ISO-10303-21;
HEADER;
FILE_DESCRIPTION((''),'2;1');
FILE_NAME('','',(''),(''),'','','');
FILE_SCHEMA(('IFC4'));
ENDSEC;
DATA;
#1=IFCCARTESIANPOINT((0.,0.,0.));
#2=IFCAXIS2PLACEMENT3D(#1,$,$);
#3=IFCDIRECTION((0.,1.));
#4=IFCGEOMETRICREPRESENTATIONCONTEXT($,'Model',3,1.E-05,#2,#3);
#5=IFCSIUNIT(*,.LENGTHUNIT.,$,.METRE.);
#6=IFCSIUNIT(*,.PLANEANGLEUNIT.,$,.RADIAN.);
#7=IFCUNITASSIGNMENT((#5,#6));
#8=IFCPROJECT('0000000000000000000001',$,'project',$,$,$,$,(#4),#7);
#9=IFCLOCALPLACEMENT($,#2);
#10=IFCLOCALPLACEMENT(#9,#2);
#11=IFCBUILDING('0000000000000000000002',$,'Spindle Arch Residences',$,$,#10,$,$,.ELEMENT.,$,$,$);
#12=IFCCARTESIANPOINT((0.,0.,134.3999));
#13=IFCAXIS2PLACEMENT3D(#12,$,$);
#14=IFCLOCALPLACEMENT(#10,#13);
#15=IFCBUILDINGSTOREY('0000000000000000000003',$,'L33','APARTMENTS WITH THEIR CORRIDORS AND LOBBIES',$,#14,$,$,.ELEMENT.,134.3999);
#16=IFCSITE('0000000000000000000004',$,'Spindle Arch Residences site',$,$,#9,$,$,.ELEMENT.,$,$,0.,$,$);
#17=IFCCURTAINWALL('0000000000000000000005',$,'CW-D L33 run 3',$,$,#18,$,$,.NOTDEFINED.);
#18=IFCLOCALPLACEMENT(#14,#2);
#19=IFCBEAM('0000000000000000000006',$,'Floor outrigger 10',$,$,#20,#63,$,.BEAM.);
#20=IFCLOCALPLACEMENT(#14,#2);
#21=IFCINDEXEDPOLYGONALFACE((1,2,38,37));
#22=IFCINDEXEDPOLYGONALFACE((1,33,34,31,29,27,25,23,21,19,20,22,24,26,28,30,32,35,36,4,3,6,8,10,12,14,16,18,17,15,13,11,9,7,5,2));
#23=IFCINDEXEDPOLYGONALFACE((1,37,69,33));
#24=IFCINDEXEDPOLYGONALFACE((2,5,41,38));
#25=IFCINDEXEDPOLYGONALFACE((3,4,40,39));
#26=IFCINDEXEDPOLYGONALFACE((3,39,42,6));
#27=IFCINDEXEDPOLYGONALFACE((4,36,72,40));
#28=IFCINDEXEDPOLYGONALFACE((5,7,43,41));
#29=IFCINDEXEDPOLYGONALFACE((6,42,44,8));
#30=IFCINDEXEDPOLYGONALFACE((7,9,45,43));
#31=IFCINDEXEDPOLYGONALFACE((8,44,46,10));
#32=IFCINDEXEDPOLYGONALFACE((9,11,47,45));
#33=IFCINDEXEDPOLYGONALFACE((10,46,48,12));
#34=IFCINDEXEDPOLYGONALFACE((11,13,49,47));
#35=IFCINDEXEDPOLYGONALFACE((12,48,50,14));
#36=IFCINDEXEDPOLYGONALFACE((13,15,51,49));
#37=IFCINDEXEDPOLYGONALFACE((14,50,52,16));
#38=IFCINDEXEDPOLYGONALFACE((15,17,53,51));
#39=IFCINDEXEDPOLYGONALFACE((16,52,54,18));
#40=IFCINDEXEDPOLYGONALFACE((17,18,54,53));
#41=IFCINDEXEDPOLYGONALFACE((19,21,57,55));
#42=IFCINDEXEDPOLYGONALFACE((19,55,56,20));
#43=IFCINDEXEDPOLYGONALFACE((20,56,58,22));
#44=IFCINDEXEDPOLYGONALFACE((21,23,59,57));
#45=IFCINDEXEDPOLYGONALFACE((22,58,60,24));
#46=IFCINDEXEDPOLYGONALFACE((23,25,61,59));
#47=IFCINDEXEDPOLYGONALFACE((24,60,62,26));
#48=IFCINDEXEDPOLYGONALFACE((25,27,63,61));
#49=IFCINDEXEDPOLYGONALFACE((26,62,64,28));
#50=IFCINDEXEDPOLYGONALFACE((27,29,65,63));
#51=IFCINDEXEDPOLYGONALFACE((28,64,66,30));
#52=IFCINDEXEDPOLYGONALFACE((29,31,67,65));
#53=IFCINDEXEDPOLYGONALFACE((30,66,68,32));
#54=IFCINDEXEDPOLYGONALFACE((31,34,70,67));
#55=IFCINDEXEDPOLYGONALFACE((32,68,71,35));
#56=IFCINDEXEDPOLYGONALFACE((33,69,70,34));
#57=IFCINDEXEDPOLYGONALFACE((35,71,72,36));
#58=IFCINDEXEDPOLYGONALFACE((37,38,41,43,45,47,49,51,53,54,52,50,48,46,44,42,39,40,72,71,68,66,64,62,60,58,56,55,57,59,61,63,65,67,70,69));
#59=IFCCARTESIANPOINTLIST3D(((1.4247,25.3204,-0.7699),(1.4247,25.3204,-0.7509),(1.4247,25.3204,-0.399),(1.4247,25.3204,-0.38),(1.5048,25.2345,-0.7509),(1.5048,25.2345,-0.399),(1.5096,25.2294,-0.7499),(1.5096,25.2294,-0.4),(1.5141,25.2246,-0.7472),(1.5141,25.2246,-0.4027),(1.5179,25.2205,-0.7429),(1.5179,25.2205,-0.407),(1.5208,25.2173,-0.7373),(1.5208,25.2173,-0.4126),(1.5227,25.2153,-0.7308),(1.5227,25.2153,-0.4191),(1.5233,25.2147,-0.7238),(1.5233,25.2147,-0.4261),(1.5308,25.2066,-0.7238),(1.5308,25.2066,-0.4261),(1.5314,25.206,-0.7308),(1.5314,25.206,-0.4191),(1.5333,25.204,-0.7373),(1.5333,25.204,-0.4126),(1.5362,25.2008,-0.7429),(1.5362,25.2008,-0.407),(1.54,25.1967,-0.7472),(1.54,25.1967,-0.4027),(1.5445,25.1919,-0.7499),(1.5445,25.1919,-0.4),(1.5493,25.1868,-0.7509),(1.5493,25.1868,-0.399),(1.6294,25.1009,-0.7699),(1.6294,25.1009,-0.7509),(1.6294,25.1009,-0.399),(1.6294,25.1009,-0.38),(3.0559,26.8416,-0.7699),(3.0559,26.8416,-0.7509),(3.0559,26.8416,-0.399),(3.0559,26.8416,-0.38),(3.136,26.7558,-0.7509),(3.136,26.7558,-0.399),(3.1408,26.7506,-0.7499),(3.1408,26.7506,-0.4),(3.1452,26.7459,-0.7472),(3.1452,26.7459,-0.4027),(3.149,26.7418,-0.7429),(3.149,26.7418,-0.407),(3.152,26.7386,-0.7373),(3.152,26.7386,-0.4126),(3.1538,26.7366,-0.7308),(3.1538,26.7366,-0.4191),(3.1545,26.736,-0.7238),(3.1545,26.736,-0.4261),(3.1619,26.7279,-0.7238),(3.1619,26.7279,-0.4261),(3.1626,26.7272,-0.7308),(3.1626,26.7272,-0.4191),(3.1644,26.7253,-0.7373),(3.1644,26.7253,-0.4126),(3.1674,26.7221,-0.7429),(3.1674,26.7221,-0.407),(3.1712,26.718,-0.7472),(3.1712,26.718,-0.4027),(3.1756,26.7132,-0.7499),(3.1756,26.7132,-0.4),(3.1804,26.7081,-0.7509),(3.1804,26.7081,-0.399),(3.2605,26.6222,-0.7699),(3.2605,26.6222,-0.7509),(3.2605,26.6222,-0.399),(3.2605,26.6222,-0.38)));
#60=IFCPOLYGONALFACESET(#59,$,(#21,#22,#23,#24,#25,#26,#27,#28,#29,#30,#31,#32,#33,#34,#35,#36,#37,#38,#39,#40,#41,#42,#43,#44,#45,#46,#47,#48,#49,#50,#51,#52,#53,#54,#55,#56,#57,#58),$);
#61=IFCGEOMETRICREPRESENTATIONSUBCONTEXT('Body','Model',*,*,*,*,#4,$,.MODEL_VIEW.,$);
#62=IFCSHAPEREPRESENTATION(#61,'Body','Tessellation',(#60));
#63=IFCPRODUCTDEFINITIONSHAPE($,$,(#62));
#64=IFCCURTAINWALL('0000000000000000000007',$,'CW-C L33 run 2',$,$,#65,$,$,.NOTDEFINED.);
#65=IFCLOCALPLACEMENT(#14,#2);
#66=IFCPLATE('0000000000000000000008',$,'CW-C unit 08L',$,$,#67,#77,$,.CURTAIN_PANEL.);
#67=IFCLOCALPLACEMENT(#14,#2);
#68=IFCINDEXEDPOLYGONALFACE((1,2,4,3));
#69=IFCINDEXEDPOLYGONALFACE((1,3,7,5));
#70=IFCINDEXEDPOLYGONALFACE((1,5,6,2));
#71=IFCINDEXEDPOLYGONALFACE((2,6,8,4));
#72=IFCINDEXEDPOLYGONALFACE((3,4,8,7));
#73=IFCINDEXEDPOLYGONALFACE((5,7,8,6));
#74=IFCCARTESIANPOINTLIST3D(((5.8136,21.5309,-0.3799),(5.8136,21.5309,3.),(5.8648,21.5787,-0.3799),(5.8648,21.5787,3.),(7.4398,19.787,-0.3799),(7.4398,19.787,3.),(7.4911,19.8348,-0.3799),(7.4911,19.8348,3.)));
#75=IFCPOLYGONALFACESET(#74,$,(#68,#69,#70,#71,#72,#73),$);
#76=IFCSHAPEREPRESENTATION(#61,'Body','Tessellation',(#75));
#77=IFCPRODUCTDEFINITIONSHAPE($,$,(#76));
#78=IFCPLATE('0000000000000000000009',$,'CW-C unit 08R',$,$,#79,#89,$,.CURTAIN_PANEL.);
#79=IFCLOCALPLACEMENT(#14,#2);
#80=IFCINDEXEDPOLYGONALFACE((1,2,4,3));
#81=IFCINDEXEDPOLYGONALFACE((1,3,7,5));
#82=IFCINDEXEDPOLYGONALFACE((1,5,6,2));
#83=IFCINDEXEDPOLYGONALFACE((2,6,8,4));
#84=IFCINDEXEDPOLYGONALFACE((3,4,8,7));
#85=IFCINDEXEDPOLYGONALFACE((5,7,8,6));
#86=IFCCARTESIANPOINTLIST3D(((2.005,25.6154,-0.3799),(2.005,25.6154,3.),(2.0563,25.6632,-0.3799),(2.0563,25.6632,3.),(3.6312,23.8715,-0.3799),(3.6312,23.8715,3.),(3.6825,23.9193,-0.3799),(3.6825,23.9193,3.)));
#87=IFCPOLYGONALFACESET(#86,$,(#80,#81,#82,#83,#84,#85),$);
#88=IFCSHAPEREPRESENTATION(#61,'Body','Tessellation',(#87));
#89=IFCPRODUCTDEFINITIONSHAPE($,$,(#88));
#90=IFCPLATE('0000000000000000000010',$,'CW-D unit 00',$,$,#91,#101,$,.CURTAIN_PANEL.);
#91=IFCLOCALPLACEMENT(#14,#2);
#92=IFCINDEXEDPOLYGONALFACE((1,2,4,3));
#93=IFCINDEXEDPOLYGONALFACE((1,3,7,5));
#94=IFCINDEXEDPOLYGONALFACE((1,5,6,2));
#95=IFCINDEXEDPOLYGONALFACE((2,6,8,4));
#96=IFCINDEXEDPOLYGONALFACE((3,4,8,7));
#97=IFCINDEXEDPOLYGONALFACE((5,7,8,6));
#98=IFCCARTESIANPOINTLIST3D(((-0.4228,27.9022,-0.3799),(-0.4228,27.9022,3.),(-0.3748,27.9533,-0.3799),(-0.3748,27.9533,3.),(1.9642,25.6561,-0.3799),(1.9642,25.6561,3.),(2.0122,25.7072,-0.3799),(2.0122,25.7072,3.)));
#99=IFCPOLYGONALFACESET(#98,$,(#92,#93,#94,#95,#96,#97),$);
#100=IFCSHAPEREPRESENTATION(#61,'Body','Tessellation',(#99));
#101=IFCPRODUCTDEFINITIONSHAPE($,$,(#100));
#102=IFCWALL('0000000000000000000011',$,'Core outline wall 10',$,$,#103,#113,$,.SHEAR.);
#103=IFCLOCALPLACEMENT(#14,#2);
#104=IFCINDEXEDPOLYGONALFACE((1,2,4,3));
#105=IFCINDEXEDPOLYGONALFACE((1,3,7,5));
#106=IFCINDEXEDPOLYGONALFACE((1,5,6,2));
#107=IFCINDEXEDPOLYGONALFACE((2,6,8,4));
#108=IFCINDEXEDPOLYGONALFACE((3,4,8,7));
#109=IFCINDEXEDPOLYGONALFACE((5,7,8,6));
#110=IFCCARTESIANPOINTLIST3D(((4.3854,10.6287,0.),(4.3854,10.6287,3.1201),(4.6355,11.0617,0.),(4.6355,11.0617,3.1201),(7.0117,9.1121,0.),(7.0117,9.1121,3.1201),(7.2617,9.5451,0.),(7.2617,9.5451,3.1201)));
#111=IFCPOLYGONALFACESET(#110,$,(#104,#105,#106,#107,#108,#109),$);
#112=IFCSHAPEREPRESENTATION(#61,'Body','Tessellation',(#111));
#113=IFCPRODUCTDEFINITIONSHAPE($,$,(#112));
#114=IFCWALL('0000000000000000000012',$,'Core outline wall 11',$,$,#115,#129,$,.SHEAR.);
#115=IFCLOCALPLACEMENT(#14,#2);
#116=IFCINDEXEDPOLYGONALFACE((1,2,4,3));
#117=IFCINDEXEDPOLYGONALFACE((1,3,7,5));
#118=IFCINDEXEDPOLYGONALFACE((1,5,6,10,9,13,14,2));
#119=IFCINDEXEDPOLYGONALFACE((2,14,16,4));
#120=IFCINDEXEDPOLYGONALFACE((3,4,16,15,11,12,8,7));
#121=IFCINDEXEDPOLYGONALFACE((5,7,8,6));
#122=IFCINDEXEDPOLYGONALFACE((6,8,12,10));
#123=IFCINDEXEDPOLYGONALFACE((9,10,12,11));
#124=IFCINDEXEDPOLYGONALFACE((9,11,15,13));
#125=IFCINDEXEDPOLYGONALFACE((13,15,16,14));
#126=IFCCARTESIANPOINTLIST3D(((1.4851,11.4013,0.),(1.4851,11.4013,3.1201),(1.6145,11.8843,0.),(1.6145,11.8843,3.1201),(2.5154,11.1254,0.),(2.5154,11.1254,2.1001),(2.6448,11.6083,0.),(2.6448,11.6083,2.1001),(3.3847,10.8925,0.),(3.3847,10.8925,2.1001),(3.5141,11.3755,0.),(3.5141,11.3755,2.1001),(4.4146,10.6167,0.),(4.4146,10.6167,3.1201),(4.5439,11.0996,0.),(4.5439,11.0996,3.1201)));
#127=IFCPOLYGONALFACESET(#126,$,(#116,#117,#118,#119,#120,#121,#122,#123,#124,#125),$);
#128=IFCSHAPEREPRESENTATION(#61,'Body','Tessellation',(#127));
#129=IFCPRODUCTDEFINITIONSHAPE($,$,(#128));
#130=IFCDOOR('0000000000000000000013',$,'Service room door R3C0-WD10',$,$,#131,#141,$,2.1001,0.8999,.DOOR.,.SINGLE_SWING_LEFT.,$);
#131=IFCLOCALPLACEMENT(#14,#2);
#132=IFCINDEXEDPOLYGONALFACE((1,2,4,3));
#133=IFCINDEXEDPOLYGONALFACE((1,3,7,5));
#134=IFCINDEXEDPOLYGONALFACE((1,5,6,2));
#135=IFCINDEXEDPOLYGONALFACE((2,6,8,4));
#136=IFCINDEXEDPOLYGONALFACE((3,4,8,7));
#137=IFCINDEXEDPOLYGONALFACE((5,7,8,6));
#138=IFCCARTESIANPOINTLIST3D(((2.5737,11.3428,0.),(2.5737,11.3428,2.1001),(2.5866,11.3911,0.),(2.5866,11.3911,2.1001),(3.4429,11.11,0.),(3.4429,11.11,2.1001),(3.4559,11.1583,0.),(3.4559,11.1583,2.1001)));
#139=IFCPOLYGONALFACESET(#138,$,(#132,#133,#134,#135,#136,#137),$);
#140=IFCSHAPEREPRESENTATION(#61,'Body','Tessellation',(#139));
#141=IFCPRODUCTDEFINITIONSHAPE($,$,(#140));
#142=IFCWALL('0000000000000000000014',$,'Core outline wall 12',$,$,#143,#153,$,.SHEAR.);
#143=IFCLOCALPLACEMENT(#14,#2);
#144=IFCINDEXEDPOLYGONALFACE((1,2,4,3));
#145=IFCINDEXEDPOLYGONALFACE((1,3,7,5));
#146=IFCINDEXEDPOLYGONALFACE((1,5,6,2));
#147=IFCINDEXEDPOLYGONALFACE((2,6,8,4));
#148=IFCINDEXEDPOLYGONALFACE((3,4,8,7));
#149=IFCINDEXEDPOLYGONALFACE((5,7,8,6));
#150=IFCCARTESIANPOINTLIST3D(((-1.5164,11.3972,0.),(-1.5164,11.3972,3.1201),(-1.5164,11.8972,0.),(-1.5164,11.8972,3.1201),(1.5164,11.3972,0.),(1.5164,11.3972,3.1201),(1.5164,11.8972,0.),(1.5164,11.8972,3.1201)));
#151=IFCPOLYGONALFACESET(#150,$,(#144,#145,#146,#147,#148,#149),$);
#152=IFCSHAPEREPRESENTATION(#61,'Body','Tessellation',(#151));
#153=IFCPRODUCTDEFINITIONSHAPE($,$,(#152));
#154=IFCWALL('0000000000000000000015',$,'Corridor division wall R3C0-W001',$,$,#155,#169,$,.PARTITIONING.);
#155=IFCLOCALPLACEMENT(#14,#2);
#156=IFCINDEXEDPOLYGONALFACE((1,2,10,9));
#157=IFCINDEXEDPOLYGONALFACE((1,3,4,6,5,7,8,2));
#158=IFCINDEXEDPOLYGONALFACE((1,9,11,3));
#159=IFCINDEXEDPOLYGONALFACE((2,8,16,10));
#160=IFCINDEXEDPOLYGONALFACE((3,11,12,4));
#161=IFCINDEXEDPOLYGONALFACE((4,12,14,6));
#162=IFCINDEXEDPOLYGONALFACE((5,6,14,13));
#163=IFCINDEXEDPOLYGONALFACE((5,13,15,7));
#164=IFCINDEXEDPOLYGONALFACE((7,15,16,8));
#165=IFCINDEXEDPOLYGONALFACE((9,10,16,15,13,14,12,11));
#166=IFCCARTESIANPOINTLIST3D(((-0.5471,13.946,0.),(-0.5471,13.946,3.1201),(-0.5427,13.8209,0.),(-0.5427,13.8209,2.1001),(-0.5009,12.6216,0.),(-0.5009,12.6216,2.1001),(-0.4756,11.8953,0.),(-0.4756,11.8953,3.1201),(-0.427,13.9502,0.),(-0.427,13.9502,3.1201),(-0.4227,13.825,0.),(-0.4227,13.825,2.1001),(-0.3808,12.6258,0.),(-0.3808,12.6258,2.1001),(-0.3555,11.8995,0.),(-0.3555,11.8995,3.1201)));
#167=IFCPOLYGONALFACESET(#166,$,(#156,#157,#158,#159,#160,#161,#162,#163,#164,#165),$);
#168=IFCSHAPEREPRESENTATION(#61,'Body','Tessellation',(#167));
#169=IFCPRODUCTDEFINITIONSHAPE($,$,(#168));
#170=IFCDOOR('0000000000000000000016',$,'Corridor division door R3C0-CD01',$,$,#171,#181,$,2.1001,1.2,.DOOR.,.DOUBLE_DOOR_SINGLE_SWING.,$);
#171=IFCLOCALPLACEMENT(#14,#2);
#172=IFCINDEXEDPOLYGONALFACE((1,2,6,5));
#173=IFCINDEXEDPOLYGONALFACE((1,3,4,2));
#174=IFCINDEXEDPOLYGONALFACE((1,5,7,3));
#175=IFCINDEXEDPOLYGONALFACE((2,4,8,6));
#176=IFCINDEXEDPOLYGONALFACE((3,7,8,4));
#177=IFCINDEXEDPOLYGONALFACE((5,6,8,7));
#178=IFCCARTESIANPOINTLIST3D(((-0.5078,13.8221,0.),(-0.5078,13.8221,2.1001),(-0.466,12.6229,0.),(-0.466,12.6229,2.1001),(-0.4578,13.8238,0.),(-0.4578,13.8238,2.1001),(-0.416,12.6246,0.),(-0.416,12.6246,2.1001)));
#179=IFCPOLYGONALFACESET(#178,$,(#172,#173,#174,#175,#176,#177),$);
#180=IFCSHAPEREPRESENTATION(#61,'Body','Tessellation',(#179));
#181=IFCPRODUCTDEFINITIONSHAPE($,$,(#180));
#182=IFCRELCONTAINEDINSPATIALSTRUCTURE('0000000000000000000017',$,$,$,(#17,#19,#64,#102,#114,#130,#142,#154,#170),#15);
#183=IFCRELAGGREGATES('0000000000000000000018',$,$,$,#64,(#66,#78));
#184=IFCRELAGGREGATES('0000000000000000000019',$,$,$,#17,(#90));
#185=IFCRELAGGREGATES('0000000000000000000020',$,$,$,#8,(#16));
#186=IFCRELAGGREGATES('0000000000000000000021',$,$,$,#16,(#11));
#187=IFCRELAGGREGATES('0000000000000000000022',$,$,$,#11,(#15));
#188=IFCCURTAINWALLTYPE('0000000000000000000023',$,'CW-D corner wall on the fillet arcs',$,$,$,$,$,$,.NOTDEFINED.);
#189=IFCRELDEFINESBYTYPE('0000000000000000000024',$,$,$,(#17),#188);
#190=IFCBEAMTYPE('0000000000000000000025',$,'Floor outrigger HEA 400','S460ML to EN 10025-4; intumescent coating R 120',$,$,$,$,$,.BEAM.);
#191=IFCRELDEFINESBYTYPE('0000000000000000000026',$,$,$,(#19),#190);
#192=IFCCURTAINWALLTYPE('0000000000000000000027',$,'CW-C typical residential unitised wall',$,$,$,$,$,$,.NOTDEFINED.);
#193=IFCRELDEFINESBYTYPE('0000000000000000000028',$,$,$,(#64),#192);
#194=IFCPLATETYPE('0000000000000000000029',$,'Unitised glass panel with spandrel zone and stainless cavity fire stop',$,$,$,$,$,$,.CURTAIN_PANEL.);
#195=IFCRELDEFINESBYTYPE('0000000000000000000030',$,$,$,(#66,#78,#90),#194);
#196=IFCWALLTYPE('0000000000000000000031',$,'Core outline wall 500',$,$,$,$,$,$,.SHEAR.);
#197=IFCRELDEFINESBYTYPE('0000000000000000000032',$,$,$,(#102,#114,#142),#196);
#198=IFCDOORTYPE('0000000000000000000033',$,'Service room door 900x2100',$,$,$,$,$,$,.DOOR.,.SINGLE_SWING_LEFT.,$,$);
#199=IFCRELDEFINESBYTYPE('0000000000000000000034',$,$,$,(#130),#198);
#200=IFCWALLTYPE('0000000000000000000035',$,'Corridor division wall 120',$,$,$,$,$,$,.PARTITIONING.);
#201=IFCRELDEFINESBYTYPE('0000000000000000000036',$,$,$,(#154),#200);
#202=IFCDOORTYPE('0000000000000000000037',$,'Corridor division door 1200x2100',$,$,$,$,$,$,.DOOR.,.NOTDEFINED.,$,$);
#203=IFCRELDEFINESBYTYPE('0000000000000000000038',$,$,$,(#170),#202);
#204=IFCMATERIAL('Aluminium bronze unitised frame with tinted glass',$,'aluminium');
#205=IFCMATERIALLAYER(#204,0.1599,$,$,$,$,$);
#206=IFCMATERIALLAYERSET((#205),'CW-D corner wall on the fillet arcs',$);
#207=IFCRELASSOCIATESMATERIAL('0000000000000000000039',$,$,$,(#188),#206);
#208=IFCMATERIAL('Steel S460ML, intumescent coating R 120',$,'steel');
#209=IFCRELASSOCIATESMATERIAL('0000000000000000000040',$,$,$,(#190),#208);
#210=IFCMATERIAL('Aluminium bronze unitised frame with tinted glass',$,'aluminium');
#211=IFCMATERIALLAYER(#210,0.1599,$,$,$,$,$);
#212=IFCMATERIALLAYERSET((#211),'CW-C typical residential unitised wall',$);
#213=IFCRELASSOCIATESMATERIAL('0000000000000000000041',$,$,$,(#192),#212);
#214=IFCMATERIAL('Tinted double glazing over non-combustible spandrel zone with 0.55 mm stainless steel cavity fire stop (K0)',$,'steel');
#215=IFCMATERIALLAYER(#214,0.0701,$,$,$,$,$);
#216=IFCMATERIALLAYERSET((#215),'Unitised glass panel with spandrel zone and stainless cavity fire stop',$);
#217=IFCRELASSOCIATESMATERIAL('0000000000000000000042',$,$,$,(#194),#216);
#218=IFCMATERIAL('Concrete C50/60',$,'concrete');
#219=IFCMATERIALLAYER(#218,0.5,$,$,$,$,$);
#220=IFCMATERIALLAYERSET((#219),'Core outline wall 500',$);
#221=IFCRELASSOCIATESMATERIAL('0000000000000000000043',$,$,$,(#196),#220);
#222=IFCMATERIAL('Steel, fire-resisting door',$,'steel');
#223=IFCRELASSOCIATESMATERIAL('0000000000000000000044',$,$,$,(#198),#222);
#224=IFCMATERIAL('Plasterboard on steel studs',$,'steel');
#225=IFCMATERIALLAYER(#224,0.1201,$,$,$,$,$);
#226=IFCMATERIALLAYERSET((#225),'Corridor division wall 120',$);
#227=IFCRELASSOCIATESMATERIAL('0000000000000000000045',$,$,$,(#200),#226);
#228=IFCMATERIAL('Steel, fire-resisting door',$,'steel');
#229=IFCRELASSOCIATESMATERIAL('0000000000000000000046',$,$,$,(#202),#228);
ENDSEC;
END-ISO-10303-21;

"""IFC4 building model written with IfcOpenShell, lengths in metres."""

from ifc_helpers import new_model, si_unit, direction, frame, frame_2d, origin, origin_2d, place, context, subcontext, project, spatial, rectangle, i_section, extrude, material, layer, layer_set, material_profile, profile_set, type_object, element, fill, aggregate, save


model = new_model("IFC4")

# Units and contexts
model_context = context("Model", 3, precision=1e-05, world=origin(), true_north=direction((0.0, 1.0)))
body_context = subcontext(model_context, "Body", "Model", "MODEL_VIEW")
ifc_project = project(units=[si_unit("LENGTHUNIT", "METRE"), si_unit("PLANEANGLEUNIT", "RADIAN")], contexts=[model_context])

# Site, building, storey
site_placement = place(None, origin())
site = spatial("IfcSite", under=ifc_project, at=site_placement, Name="Spindle Arch Residences site", CompositionType="ELEMENT", RefElevation=0.0)
building_placement = place(site_placement, origin())
building = spatial("IfcBuilding", under=site, at=building_placement, Name="Spindle Arch Residences", CompositionType="ELEMENT")
storey_placement = place(building_placement, frame((0.0, 0.0, 134.3999)))
storey = spatial("IfcBuildingStorey", under=building, at=storey_placement, Name="L33", Description="APARTMENTS WITH THEIR CORRIDORS AND LOBBIES", CompositionType="ELEMENT", Elevation=134.3999)

# Curtain wall
ifc_material_1 = material(Name="Aluminium bronze unitised frame with tinted glass", Category="aluminium")
ifc_layer_1 = layer(ifc_material_1, 0.1599)
ifc_layer_set_1 = layer_set([ifc_layer_1], Name="CW-D corner wall on the fillet arcs")
curtain_wall_type_1 = type_object("IfcCurtainWallType", Name="CW-D corner wall on the fillet arcs", PredefinedType="NOTDEFINED", material=ifc_layer_set_1)
curtain_wall_1_placement = place(storey_placement, origin())
curtain_wall_1 = element("IfcCurtainWall", 1, at=curtain_wall_1_placement, inside=storey, type_object=curtain_wall_type_1, Name="CW-D L33 run 3", PredefinedType="NOTDEFINED")

# Beam
ifc_material_2 = material(Name="Steel S460ML, intumescent coating R 120", Category="steel")
ifc_material_profile_1 = material_profile(ifc_material_2, i_section(OverallWidth=0.3, OverallDepth=0.3899, WebThickness=0.011, FlangeThickness=0.019, FilletRadius=0.0271, at=origin_2d()), Name="HEA 400")
ifc_profile_set_1 = profile_set([ifc_material_profile_1], Name="Steel S460ML, intumescent coating R 120")
beam_type_1 = type_object("IfcBeamType", Name="Floor outrigger HEA 400", Description="S460ML to EN 10025-4; intumescent coating R 120", PredefinedType="BEAM", material=ifc_profile_set_1)
beam_1_placement = place(storey_placement, frame((3.1582, 26.7319, -0.575), z_axis=(-0.731306, -0.682049, 0.0), x_axis=(0.682049, -0.731306, 0.0)))
element("IfcBeam", 2, at=beam_1_placement, inside=storey, type_object=beam_type_1, Name="Floor outrigger 10", PredefinedType="BEAM", context=body_context, shape_type="SweptSolid", body=[
    extrude(i_section(OverallWidth=0.3, OverallDepth=0.3899, WebThickness=0.011, FlangeThickness=0.019, FilletRadius=0.0271, at=origin_2d()), origin(), (0.0, 0.0, 1.0), 2.2305),
])

# Curtain wall, plates
ifc_material_3 = material(Name="Aluminium bronze unitised frame with tinted glass", Category="aluminium")
ifc_layer_2 = layer(ifc_material_3, 0.1599)
ifc_layer_set_2 = layer_set([ifc_layer_2], Name="CW-C typical residential unitised wall")
curtain_wall_type_2 = type_object("IfcCurtainWallType", Name="CW-C typical residential unitised wall", PredefinedType="NOTDEFINED", material=ifc_layer_set_2)
curtain_wall_2_placement = place(storey_placement, origin())
curtain_wall_2 = element("IfcCurtainWall", 3, at=curtain_wall_2_placement, inside=storey, type_object=curtain_wall_type_2, Name="CW-C L33 run 2", PredefinedType="NOTDEFINED")
ifc_material_4 = material(Name="Tinted double glazing over non-combustible spandrel zone with 0.55 mm stainless steel cavity fire stop (K0)", Category="steel")
ifc_layer_3 = layer(ifc_material_4, 0.0701)
ifc_layer_set_3 = layer_set([ifc_layer_3], Name="Unitised glass panel with spandrel zone and stainless cavity fire stop")
plate_type = type_object("IfcPlateType", Name="Unitised glass panel with spandrel zone and stainless cavity fire stop", PredefinedType="CURTAIN_PANEL", material=ifc_layer_set_3)
plate_1_placement = place(storey_placement, frame((6.6523, 20.6829, -0.3799), z_axis=(0.0, 0.0, 1.0), x_axis=(-0.681998, 0.731354, 0.0)))
plate_1 = element("IfcPlate", 4, at=plate_1_placement, type_object=plate_type, Name="CW-C unit 08L", PredefinedType="CURTAIN_PANEL", context=body_context, shape_type="SweptSolid", body=[
    extrude(rectangle(XDim=2.3845, YDim=0.0701, at=origin_2d()), origin(), (0.0, 0.0, 1.0), 3.3799),
])
plate_2_placement = place(storey_placement, frame((2.8438, 24.7673, -0.3799), z_axis=(0.0, 0.0, 1.0), x_axis=(-0.681998, 0.731354, 0.0)))
plate_2 = element("IfcPlate", 5, at=plate_2_placement, type_object=plate_type, Name="CW-C unit 08R", PredefinedType="CURTAIN_PANEL", context=body_context, shape_type="SweptSolid", body=[
    extrude(rectangle(XDim=2.3845, YDim=0.0701, at=origin_2d()), origin(), (0.0, 0.0, 1.0), 3.3799),
])
aggregate(curtain_wall_2, [plate_1, plate_2])

# Plate
plate_3_placement = place(storey_placement, frame((0.7947, 26.8047, -0.3799), z_axis=(0.0, 0.0, 1.0), x_axis=(-0.72827, 0.68529, 0.0)))
plate_3 = element("IfcPlate", 6, at=plate_3_placement, type_object=plate_type, Name="CW-D unit 00", PredefinedType="CURTAIN_PANEL", context=body_context, shape_type="SweptSolid", body=[
    extrude(rectangle(XDim=3.2776, YDim=0.0701, at=origin_2d()), origin(), (0.0, 0.0, 1.0), 3.3799),
])
aggregate(curtain_wall_1, [plate_3])

# Wall
ifc_material_5 = material(Name="Concrete C50/60", Category="concrete")
ifc_layer_4 = layer(ifc_material_5, 0.5)
ifc_layer_set_4 = layer_set([ifc_layer_4], Name="Core outline wall 500")
wall_type_1 = type_object("IfcWallType", Name="Core outline wall 500", PredefinedType="SHEAR", material=ifc_layer_set_4)
wall_1_placement = place(storey_placement, frame((7.1367, 9.3286, 0.0), z_axis=(0.0, 0.0, 1.0), x_axis=(-0.865975, 0.500087, 0.0)))
element("IfcWall", 7, at=wall_1_placement, inside=storey, type_object=wall_type_1, Name="Core outline wall 10", PredefinedType="SHEAR", context=body_context, shape_type="SweptSolid", body=[
    extrude(rectangle(XDim=3.0327, YDim=0.5, at=frame_2d((1.5164, 0.0))), origin(), (0.0, 0.0, 1.0), 3.1201),
])

# Wall, opening, door
wall_2_placement = place(storey_placement, frame((4.4792, 10.8582, 0.0), z_axis=(0.0, 0.0, 1.0), x_axis=(-0.965948, 0.258735, 0.0)))
wall_2 = element("IfcWall", 8, at=wall_2_placement, inside=storey, type_object=wall_type_1, Name="Core outline wall 11", PredefinedType="SHEAR", context=body_context, shape_type="SweptSolid", body=[
    extrude(rectangle(XDim=3.0327, YDim=0.5, at=frame_2d((1.5164, 0.0))), origin(), (0.0, 0.0, 1.0), 3.1201),
])
opening_1_placement = place(wall_2_placement, frame((1.0662, 0.0, 0.0)))
opening_1 = element("IfcOpeningElement", 9, at=opening_1_placement, cuts=wall_2, PredefinedType="OPENING", context=body_context, shape_type="SweptSolid", body=[
    extrude(rectangle(XDim=0.8999, YDim=2.1001, at=frame_2d((0.45, 1.05))), frame((0.0, 0.26, 0.0), z_axis=(0.0, -1.0, 0.0), x_axis=(1.0, 0.0, 0.0)), (0.0, 0.0, 1.0), 0.52),
])
ifc_material_6 = material(Name="Steel, fire-resisting door", Category="steel")
door_type_1 = type_object("IfcDoorType", Name="Service room door 900x2100", OperationType="SINGLE_SWING_LEFT", PredefinedType="DOOR", material=ifc_material_6)
door_1_placement = place(opening_1_placement, origin())
door_1 = element("IfcDoor", 10, at=door_1_placement, inside=storey, type_object=door_type_1, Name="Service room door R3C0-WD10", OperationType="SINGLE_SWING_LEFT", OverallHeight=2.1001, OverallWidth=0.8999, PredefinedType="DOOR", context=body_context, shape_type="SweptSolid", body=[
    extrude(rectangle(XDim=0.8999, YDim=2.1001, at=frame_2d((0.45, 1.05))), frame((0.0, 0.0249, 0.0), z_axis=(0.0, -1.0, 0.0), x_axis=(1.0, 0.0, 0.0)), (0.0, 0.0, 1.0), 0.05),
])
fill(opening_1, door_1)

# Wall
wall_3_placement = place(storey_placement, frame((1.5164, 11.6472, 0.0), z_axis=(0.0, 0.0, 1.0), x_axis=(-1.0, 0.0, 0.0)))
element("IfcWall", 11, at=wall_3_placement, inside=storey, type_object=wall_type_1, Name="Core outline wall 12", PredefinedType="SHEAR", context=body_context, shape_type="SweptSolid", body=[
    extrude(rectangle(XDim=3.0327, YDim=0.5, at=frame_2d((1.5164, 0.0))), origin(), (0.0, 0.0, 1.0), 3.1201),
])

# Wall, opening, door
ifc_material_7 = material(Name="Plasterboard on steel studs", Category="steel")
ifc_layer_5 = layer(ifc_material_7, 0.1201)
ifc_layer_set_5 = layer_set([ifc_layer_5], Name="Corridor division wall 120")
wall_type_2 = type_object("IfcWallType", Name="Corridor division wall 120", PredefinedType="PARTITIONING", material=ifc_layer_set_5)
wall_4_placement = place(storey_placement, frame((-0.4871, 13.948, 0.0), z_axis=(0.0, 0.0, 1.0), x_axis=(0.03486, -0.999392, 0.0)))
wall_4 = element("IfcWall", 12, at=wall_4_placement, inside=storey, type_object=wall_type_2, Name="Corridor division wall R3C0-W001", PredefinedType="PARTITIONING", context=body_context, shape_type="SweptSolid", body=[
    extrude(rectangle(XDim=2.052, YDim=0.1201, at=frame_2d((1.0259, 0.0))), origin(), (0.0, 0.0, 1.0), 3.1201),
])
opening_2_placement = place(wall_4_placement, frame((0.125, 0.0, 0.0)))
opening_2 = element("IfcOpeningElement", 13, at=opening_2_placement, cuts=wall_4, PredefinedType="OPENING", context=body_context, shape_type="SweptSolid", body=[
    extrude(rectangle(XDim=1.2, YDim=2.1001, at=frame_2d((0.6001, 1.05))), frame((0.0, 0.0701, 0.0), z_axis=(0.0, -1.0, 0.0), x_axis=(1.0, 0.0, 0.0)), (0.0, 0.0, 1.0), 0.1401),
])
ifc_material_8 = material(Name="Steel, fire-resisting door", Category="steel")
door_type_2 = type_object("IfcDoorType", Name="Corridor division door 1200x2100", OperationType="NOTDEFINED", PredefinedType="DOOR", material=ifc_material_8)
door_2_placement = place(opening_2_placement, origin())
door_2 = element("IfcDoor", 14, at=door_2_placement, inside=storey, type_object=door_type_2, Name="Corridor division door R3C0-CD01", OperationType="DOUBLE_DOOR_SINGLE_SWING", OverallHeight=2.1001, OverallWidth=1.2, PredefinedType="DOOR", context=body_context, shape_type="SweptSolid", body=[
    extrude(rectangle(XDim=1.2, YDim=2.1001, at=frame_2d((0.6001, 1.05))), frame((0.0, 0.0249, 0.0), z_axis=(0.0, -1.0, 0.0), x_axis=(1.0, 0.0, 0.0)), (0.0, 0.0, 1.0), 0.05),
])
fill(opening_2, door_2)

save(model, "model.ifc")
